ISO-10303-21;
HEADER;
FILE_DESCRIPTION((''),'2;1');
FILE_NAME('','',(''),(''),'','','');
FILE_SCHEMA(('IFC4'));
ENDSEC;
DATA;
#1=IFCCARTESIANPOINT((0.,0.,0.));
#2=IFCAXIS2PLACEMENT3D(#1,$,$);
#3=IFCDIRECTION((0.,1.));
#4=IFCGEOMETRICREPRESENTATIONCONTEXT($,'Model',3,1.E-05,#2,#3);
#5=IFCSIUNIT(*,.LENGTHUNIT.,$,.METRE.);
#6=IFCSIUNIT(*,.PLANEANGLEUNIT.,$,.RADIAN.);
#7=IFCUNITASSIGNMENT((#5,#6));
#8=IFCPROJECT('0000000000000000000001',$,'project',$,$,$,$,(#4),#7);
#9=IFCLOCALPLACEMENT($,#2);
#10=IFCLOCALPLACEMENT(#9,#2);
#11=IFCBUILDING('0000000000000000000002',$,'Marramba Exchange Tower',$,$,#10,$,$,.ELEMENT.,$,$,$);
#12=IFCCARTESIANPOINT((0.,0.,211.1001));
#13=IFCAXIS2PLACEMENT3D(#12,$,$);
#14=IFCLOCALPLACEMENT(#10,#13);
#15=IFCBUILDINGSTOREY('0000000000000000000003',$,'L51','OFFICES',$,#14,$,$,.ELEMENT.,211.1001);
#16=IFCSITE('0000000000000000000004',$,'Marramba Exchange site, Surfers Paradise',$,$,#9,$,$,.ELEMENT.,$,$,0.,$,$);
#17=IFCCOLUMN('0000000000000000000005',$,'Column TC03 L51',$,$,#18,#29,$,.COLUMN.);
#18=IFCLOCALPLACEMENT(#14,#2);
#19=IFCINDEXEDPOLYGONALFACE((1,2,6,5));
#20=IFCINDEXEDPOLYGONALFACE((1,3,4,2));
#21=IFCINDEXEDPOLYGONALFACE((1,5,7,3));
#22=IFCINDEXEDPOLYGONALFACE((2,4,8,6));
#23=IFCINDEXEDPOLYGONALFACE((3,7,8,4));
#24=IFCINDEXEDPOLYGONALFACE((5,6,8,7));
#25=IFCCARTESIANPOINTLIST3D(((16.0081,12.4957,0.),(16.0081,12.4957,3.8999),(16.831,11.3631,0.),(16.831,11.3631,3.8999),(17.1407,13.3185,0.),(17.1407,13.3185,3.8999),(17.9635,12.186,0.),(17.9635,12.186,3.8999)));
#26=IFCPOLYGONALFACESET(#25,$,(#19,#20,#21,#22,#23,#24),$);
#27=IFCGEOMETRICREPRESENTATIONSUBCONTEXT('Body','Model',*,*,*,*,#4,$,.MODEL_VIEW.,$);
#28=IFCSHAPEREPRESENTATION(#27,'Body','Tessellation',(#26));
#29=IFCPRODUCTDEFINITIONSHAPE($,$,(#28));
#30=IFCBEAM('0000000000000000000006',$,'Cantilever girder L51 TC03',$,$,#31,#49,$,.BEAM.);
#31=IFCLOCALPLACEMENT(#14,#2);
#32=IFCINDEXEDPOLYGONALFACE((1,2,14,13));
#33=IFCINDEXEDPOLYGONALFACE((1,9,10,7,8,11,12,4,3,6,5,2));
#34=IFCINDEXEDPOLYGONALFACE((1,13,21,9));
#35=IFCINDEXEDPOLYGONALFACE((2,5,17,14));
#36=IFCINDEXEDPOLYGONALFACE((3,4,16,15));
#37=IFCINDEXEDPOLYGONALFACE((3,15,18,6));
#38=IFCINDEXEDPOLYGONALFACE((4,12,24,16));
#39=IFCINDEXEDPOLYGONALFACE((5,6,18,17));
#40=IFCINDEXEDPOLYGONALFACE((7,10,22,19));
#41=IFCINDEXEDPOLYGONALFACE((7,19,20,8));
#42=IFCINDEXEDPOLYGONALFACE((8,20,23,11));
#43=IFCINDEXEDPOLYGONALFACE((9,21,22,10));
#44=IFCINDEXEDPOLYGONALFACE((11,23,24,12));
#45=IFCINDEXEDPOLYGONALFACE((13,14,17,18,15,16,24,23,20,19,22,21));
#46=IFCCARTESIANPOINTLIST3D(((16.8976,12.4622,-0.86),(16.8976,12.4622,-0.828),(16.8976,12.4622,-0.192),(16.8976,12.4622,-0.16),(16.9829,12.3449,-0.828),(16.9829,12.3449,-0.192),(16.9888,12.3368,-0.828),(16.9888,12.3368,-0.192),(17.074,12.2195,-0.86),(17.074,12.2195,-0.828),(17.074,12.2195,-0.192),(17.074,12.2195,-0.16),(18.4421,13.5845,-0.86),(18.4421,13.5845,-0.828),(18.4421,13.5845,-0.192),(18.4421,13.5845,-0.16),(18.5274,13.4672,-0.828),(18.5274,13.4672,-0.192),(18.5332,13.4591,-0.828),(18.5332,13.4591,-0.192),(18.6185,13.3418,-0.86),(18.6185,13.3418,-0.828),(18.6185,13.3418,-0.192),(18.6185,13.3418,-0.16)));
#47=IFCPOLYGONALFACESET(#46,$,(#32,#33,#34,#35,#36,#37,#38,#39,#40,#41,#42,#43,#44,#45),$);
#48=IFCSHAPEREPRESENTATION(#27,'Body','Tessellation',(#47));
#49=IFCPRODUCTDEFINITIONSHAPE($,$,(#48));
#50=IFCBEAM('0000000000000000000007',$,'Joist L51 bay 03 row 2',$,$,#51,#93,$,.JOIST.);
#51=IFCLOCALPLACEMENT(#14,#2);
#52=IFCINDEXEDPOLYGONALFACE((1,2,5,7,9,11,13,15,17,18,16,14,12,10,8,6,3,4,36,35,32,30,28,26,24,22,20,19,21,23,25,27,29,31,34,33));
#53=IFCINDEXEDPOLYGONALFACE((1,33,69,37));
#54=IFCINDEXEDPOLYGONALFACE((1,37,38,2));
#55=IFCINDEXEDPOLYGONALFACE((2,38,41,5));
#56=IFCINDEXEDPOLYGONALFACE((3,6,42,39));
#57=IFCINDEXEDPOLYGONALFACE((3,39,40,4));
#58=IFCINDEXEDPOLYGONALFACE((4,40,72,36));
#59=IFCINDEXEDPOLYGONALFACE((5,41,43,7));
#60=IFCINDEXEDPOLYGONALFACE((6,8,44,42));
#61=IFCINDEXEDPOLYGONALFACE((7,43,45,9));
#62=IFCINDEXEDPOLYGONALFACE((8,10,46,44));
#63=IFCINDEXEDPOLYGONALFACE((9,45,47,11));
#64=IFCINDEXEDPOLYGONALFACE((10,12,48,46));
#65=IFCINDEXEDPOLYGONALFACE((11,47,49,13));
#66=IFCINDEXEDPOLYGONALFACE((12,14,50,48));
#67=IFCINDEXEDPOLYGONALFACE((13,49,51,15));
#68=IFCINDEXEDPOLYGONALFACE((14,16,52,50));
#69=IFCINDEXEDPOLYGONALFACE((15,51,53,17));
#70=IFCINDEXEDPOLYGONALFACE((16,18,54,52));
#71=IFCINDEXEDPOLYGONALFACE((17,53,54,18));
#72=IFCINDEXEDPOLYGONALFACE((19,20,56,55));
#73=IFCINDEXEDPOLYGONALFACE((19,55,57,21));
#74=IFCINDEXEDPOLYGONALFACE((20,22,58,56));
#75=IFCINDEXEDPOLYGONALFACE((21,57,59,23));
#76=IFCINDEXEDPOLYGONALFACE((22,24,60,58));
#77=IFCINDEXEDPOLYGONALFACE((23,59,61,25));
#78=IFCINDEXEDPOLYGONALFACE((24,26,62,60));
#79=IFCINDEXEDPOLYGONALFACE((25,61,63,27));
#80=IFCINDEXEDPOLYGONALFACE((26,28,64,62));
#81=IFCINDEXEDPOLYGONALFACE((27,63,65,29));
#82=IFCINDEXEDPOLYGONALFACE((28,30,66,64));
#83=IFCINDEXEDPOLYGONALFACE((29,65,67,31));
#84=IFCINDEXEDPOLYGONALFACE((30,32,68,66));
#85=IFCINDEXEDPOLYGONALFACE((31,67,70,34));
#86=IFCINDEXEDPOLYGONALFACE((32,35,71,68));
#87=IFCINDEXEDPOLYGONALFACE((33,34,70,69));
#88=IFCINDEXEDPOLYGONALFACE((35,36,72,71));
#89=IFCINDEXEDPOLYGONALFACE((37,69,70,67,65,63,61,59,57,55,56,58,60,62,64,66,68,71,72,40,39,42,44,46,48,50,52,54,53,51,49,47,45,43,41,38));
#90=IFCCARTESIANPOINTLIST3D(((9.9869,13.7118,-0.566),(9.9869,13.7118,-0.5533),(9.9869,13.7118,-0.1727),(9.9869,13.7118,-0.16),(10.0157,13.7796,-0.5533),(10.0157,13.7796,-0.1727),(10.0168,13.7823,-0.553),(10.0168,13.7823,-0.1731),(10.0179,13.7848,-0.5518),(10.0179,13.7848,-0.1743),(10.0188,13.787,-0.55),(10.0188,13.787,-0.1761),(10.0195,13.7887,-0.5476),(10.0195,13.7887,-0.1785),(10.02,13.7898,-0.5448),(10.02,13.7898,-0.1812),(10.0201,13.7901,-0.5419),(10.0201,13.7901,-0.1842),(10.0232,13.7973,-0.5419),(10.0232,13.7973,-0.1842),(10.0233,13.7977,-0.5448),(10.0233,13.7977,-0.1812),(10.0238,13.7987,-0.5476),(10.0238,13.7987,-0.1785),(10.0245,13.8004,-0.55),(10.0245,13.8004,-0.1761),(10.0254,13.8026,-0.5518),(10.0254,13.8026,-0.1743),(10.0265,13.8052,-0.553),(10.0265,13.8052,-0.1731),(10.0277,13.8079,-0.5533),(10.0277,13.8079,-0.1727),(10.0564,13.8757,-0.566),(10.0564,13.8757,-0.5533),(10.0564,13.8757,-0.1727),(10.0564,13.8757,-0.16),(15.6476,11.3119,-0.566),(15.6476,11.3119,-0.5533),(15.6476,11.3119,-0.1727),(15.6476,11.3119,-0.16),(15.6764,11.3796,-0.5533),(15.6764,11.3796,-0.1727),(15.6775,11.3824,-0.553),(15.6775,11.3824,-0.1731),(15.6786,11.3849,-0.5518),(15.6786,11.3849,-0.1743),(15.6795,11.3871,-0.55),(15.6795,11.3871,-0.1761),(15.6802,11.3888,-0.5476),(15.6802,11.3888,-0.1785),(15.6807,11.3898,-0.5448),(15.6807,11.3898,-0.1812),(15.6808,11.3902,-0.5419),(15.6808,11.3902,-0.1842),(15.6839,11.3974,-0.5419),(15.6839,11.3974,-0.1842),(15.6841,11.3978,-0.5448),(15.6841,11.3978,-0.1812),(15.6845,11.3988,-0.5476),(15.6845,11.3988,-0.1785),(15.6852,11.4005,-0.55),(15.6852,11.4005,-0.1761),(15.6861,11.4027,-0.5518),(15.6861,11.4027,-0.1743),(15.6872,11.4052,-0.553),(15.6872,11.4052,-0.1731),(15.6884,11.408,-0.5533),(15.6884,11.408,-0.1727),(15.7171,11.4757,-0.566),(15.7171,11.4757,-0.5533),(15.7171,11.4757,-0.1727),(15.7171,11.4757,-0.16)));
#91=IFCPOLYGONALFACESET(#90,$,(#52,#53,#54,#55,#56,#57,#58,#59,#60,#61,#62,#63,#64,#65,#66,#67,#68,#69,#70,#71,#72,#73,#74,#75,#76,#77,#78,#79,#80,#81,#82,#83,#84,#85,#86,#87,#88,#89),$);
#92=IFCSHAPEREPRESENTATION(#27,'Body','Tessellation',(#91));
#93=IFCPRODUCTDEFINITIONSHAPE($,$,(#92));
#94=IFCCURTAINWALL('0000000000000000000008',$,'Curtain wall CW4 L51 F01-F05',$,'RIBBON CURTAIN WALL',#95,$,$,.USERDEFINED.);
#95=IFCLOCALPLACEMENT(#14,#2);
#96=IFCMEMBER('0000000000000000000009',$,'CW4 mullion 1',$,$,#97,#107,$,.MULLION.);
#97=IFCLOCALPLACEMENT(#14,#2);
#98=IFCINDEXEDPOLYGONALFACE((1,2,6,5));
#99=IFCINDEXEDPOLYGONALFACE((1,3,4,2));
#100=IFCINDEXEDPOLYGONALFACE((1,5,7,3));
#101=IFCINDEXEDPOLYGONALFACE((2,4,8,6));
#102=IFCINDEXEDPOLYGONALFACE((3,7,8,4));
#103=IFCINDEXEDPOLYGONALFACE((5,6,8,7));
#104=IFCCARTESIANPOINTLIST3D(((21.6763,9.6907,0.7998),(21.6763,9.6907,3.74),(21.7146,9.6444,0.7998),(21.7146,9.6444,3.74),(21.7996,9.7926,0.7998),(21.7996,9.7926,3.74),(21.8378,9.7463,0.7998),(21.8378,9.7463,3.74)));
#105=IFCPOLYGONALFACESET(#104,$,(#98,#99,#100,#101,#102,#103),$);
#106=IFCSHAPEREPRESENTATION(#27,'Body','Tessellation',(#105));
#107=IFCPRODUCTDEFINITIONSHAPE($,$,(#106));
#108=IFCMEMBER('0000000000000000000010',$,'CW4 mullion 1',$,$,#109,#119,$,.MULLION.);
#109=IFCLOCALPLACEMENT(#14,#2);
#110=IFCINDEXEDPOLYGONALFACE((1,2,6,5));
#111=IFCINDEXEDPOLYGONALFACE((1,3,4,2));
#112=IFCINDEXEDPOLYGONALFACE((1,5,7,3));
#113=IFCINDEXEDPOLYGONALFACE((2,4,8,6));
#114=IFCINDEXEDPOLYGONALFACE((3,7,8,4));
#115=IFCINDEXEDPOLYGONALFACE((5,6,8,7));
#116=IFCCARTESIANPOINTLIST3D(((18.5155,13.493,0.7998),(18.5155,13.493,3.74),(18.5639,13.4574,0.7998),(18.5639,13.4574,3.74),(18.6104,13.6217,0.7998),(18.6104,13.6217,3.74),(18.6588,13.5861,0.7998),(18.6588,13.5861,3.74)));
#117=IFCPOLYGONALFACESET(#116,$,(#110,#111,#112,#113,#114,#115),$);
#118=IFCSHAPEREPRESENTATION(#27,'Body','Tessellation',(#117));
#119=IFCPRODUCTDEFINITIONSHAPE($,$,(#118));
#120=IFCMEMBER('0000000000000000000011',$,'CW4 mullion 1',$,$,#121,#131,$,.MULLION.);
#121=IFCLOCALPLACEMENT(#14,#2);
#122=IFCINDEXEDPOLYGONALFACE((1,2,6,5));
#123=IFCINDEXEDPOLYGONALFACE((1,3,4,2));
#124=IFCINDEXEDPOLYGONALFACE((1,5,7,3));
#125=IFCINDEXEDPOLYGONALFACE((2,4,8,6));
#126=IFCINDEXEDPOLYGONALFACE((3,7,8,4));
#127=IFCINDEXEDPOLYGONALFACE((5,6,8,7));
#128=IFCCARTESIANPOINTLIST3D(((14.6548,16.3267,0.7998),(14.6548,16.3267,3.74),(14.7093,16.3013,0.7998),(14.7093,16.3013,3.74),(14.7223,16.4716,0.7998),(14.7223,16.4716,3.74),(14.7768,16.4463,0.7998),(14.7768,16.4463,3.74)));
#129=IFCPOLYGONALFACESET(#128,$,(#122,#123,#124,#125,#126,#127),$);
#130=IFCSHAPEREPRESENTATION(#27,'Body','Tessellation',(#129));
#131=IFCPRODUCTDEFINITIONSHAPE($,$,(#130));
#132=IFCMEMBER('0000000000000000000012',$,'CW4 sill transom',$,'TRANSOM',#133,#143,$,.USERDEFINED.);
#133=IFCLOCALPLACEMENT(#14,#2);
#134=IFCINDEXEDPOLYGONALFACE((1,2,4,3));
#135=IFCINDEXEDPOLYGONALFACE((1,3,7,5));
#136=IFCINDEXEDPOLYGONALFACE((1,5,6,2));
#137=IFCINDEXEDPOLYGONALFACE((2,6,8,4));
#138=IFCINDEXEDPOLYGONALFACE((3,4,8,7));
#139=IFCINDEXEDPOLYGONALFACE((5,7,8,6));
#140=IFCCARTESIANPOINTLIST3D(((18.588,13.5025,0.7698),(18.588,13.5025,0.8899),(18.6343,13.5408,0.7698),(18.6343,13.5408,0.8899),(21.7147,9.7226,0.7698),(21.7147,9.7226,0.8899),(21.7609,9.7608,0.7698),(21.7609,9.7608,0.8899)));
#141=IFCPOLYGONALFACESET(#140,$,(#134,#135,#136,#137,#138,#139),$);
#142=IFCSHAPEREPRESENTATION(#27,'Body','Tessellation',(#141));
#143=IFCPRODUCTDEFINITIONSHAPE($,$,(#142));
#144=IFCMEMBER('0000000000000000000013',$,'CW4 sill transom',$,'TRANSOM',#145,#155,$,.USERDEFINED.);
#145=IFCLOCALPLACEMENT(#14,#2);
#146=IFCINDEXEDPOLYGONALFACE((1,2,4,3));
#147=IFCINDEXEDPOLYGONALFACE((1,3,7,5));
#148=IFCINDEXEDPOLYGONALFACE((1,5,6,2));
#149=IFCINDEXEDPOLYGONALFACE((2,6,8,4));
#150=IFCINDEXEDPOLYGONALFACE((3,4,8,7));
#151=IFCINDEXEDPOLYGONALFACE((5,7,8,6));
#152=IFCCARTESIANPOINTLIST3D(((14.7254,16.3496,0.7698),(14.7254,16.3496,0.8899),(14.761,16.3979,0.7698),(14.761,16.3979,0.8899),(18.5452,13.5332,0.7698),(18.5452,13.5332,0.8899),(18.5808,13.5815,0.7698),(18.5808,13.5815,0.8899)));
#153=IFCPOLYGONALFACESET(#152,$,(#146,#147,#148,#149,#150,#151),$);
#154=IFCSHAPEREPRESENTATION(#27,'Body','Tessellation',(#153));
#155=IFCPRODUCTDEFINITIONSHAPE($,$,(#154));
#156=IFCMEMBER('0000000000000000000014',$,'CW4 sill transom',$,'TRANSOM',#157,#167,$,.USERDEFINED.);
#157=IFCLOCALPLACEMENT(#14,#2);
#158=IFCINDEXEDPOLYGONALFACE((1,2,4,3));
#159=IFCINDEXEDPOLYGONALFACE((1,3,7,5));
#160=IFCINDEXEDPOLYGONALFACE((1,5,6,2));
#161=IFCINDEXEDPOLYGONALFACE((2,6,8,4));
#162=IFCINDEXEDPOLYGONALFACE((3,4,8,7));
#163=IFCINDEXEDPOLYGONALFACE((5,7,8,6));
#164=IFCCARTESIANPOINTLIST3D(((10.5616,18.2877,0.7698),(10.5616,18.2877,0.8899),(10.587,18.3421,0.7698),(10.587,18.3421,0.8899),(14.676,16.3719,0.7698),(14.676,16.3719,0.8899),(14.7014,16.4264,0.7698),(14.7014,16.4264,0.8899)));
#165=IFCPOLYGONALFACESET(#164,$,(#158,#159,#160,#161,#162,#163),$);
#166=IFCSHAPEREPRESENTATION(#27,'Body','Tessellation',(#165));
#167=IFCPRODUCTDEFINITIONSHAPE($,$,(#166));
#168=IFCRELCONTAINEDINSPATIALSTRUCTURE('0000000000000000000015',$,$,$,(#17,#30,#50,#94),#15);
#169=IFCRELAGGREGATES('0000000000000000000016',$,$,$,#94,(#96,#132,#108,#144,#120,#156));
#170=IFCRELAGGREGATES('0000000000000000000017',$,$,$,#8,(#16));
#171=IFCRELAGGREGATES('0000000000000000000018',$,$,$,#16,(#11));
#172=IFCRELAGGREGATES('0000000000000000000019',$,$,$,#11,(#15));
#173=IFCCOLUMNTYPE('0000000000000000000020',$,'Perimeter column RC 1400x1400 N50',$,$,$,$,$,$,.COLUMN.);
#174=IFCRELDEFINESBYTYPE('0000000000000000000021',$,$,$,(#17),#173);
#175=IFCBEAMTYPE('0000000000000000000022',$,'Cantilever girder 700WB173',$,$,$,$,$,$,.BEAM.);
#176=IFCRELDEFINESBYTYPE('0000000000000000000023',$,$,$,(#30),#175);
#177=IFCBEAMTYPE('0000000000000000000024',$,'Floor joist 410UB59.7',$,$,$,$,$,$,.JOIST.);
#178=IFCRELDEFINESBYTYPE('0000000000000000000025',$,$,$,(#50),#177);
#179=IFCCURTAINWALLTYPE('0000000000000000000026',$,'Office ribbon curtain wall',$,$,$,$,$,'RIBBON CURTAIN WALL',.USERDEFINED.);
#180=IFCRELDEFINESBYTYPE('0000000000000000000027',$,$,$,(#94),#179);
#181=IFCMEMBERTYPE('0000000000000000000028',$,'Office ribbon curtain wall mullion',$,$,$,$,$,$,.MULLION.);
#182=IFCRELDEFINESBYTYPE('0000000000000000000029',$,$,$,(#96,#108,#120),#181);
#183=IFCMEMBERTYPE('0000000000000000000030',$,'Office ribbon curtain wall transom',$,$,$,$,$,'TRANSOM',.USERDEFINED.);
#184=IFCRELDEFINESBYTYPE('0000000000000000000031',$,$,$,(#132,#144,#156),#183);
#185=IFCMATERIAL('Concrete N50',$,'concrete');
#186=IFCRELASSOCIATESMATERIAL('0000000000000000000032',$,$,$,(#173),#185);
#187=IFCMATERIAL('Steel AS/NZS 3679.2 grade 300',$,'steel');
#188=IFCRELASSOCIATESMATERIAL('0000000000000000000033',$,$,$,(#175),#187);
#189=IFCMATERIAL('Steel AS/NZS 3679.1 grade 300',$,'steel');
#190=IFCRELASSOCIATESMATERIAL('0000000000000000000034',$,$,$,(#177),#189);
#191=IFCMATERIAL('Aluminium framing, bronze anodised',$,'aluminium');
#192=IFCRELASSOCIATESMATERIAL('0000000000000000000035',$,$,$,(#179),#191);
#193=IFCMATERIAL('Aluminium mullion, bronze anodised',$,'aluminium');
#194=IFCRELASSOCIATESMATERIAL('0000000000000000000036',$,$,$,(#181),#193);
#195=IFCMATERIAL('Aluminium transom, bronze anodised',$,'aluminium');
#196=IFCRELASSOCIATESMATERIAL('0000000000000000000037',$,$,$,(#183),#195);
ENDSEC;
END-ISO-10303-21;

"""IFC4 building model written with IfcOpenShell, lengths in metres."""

from ifc_helpers import new_model, si_unit, direction, frame, origin, origin_2d, place, context, subcontext, project, spatial, rectangle, i_section, extrude, material, material_profile, profile_set, type_object, element, aggregate, save


model = new_model("IFC4")

# Units and contexts
model_context = context("Model", 3, precision=1e-05, world=origin(), true_north=direction((0.0, 1.0)))
body_context = subcontext(model_context, "Body", "Model", "MODEL_VIEW")
ifc_project = project(units=[si_unit("LENGTHUNIT", "METRE"), si_unit("PLANEANGLEUNIT", "RADIAN")], contexts=[model_context])

# Site, building, storey
site_placement = place(None, origin())
site = spatial("IfcSite", under=ifc_project, at=site_placement, Name="Marramba Exchange site, Surfers Paradise", CompositionType="ELEMENT", RefElevation=0.0)
building_placement = place(site_placement, origin())
building = spatial("IfcBuilding", under=site, at=building_placement, Name="Marramba Exchange Tower", CompositionType="ELEMENT")
storey_placement = place(building_placement, frame((0.0, 0.0, 211.1001)))
storey = spatial("IfcBuildingStorey", under=building, at=storey_placement, Name="L51", Description="OFFICES", CompositionType="ELEMENT", Elevation=211.1001)

# Column
ifc_material_1 = material(Name="Concrete N50", Category="concrete")
ifc_material_profile_1 = material_profile(ifc_material_1, rectangle(XDim=1.3999, YDim=1.3999, at=origin_2d()), Name="RC 1400x1400")
ifc_profile_set_1 = profile_set([ifc_material_profile_1], Name="Concrete N50")
column_type = type_object("IfcColumnType", Name="Perimeter column RC 1400x1400 N50", PredefinedType="COLUMN", material=ifc_profile_set_1)
column_placement = place(storey_placement, frame((16.9858, 12.3408, 0.0), z_axis=(0.0, 0.0, 1.0), x_axis=(0.809017, 0.587785, 0.0)))
element("IfcColumn", 1, at=column_placement, inside=storey, type_object=column_type, Name="Column TC03 L51", PredefinedType="COLUMN", context=body_context, shape_type="SweptSolid", body=[
    extrude(rectangle(XDim=1.3999, YDim=1.3999, at=origin_2d()), origin(), (0.0, 0.0, 1.0), 3.8999),
])

# Beams
ifc_material_2 = material(Name="Steel AS/NZS 3679.2 grade 300", Category="steel")
ifc_material_profile_2 = material_profile(ifc_material_2, i_section(OverallWidth=0.3, OverallDepth=0.7, WebThickness=0.01, FlangeThickness=0.032, at=origin_2d()), Name="700WB173")
ifc_profile_set_2 = profile_set([ifc_material_profile_2], Name="Steel AS/NZS 3679.2 grade 300")
beam_type_1 = type_object("IfcBeamType", Name="Cantilever girder 700WB173", PredefinedType="BEAM", material=ifc_profile_set_2)
beam_1_placement = place(storey_placement, frame((16.9858, 12.3408, -0.51), z_axis=(0.808963, 0.58786, 0.0), x_axis=(-0.58786, 0.808963, 0.0)))
element("IfcBeam", 2, at=beam_1_placement, inside=storey, type_object=beam_type_1, Name="Cantilever girder L51 TC03", PredefinedType="BEAM", context=body_context, shape_type="SweptSolid", body=[
    extrude(i_section(OverallWidth=0.3, OverallDepth=0.7, WebThickness=0.01, FlangeThickness=0.032, at=origin_2d()), origin(), (0.0, 0.0, 1.0), 1.9092),
])
ifc_material_3 = material(Name="Steel AS/NZS 3679.1 grade 300", Category="steel")
ifc_material_profile_3 = material_profile(ifc_material_3, i_section(OverallWidth=0.178, OverallDepth=0.406, WebThickness=0.0078, FlangeThickness=0.0127, FilletRadius=0.0115, at=origin_2d()), Name="410UB59.7")
ifc_profile_set_3 = profile_set([ifc_material_profile_3], Name="Steel AS/NZS 3679.1 grade 300")
beam_type_2 = type_object("IfcBeamType", Name="Floor joist 410UB59.7", PredefinedType="JOIST", material=ifc_profile_set_3)
beam_2_placement = place(storey_placement, frame((15.6824, 11.3938, -0.363), z_axis=(-0.920674, 0.390332, 0.0), x_axis=(-0.390332, -0.920674, 0.0)))
element("IfcBeam", 3, at=beam_2_placement, inside=storey, type_object=beam_type_2, Name="Joist L51 bay 03 row 2", PredefinedType="JOIST", context=body_context, shape_type="SweptSolid", body=[
    extrude(i_section(OverallWidth=0.178, OverallDepth=0.406, WebThickness=0.0078, FlangeThickness=0.0127, FilletRadius=0.0115, at=origin_2d()), origin(), (0.0, 0.0, 1.0), 6.1484),
])

# Curtain wall, members
ifc_material_4 = material(Name="Aluminium framing, bronze anodised", Category="aluminium")
curtain_wall_type = type_object("IfcCurtainWallType", Name="Office ribbon curtain wall", ElementType="RIBBON CURTAIN WALL", PredefinedType="USERDEFINED", material=ifc_material_4)
curtain_wall_placement = place(storey_placement, origin())
curtain_wall = element("IfcCurtainWall", 4, at=curtain_wall_placement, inside=storey, type_object=curtain_wall_type, Name="Curtain wall CW4 L51 F01-F05", ObjectType="RIBBON CURTAIN WALL", PredefinedType="USERDEFINED")
ifc_material_5 = material(Name="Aluminium mullion, bronze anodised", Category="aluminium")
ifc_material_profile_4 = material_profile(ifc_material_5, rectangle(XDim=0.1599, YDim=0.0601, at=origin_2d()), Name="CW4 mullion 60x160")
ifc_profile_set_4 = profile_set([ifc_material_profile_4], Name="Aluminium mullion, bronze anodised")
member_type_1 = type_object("IfcMemberType", Name="Office ribbon curtain wall mullion", PredefinedType="MULLION", material=ifc_profile_set_4)
member_1_placement = place(storey_placement, frame((21.7571, 9.7185, 0.7998), z_axis=(0.0, 0.0, 1.0), x_axis=(-0.770574, -0.63735, 0.0)))
member_1 = element("IfcMember", 5, at=member_1_placement, type_object=member_type_1, Name="CW4 mullion 1", PredefinedType="MULLION", context=body_context, shape_type="SweptSolid", body=[
    extrude(rectangle(XDim=0.1599, YDim=0.0601, at=origin_2d()), origin(), (0.0, 0.0, 1.0), 2.9402),
])
member_2_placement = place(storey_placement, frame((18.5872, 13.5396, 0.7998), z_axis=(0.0, 0.0, 1.0), x_axis=(-0.593441, -0.804877, 0.0)))
member_2 = element("IfcMember", 6, at=member_2_placement, type_object=member_type_1, Name="CW4 mullion 1", PredefinedType="MULLION", context=body_context, shape_type="SweptSolid", body=[
    extrude(rectangle(XDim=0.1599, YDim=0.0601, at=origin_2d()), origin(), (0.0, 0.0, 1.0), 2.9402),
])
member_3_placement = place(storey_placement, frame((14.7158, 16.3865, 0.7998), z_axis=(0.0, 0.0, 1.0), x_axis=(-0.422133, -0.906534, 0.0)))
member_3 = element("IfcMember", 7, at=member_3_placement, type_object=member_type_1, Name="CW4 mullion 1", PredefinedType="MULLION", context=body_context, shape_type="SweptSolid", body=[
    extrude(rectangle(XDim=0.1599, YDim=0.0601, at=origin_2d()), origin(), (0.0, 0.0, 1.0), 2.9402),
])
ifc_material_6 = material(Name="Aluminium transom, bronze anodised", Category="aluminium")
ifc_material_profile_5 = material_profile(ifc_material_6, rectangle(XDim=0.0601, YDim=0.1201, at=origin_2d()), Name="CW4 transom 60x120")
ifc_profile_set_5 = profile_set([ifc_material_profile_5], Name="Aluminium transom, bronze anodised")
member_type_2 = type_object("IfcMemberType", Name="Office ribbon curtain wall transom", ElementType="TRANSOM", PredefinedType="USERDEFINED", material=ifc_profile_set_5)
member_4_placement = place(storey_placement, frame((21.7378, 9.7417, 0.8298), z_axis=(-0.637375, 0.770554, 0.0), x_axis=(-0.770554, -0.637375, 0.0)))
member_4 = element("IfcMember", 8, at=member_4_placement, type_object=member_type_2, Name="CW4 sill transom", ObjectType="TRANSOM", PredefinedType="USERDEFINED", context=body_context, shape_type="SweptSolid", body=[
    extrude(rectangle(XDim=0.0601, YDim=0.1201, at=origin_2d()), origin(), (0.0, 0.0, 1.0), 4.9055),
])
member_5_placement = place(storey_placement, frame((18.563, 13.5574, 0.8298), z_axis=(-0.804875, 0.593445, 0.0), x_axis=(-0.593445, -0.804875, 0.0)))
member_5 = element("IfcMember", 9, at=member_5_placement, type_object=member_type_2, Name="CW4 sill transom", ObjectType="TRANSOM", PredefinedType="USERDEFINED", context=body_context, shape_type="SweptSolid", body=[
    extrude(rectangle(XDim=0.0601, YDim=0.1201, at=origin_2d()), origin(), (0.0, 0.0, 1.0), 4.7458),
])
member_6_placement = place(storey_placement, frame((14.6887, 16.3992, 0.8298), z_axis=(-0.906548, 0.422102, 0.0), x_axis=(-0.422102, -0.906548, 0.0)))
member_6 = element("IfcMember", 10, at=member_6_placement, type_object=member_type_2, Name="CW4 sill transom", ObjectType="TRANSOM", PredefinedType="USERDEFINED", context=body_context, shape_type="SweptSolid", body=[
    extrude(rectangle(XDim=0.0601, YDim=0.1201, at=origin_2d()), origin(), (0.0, 0.0, 1.0), 4.5386),
])

aggregate(curtain_wall, [member_1, member_4, member_2, member_5, member_3, member_6])

save(model, "model.ifc")
